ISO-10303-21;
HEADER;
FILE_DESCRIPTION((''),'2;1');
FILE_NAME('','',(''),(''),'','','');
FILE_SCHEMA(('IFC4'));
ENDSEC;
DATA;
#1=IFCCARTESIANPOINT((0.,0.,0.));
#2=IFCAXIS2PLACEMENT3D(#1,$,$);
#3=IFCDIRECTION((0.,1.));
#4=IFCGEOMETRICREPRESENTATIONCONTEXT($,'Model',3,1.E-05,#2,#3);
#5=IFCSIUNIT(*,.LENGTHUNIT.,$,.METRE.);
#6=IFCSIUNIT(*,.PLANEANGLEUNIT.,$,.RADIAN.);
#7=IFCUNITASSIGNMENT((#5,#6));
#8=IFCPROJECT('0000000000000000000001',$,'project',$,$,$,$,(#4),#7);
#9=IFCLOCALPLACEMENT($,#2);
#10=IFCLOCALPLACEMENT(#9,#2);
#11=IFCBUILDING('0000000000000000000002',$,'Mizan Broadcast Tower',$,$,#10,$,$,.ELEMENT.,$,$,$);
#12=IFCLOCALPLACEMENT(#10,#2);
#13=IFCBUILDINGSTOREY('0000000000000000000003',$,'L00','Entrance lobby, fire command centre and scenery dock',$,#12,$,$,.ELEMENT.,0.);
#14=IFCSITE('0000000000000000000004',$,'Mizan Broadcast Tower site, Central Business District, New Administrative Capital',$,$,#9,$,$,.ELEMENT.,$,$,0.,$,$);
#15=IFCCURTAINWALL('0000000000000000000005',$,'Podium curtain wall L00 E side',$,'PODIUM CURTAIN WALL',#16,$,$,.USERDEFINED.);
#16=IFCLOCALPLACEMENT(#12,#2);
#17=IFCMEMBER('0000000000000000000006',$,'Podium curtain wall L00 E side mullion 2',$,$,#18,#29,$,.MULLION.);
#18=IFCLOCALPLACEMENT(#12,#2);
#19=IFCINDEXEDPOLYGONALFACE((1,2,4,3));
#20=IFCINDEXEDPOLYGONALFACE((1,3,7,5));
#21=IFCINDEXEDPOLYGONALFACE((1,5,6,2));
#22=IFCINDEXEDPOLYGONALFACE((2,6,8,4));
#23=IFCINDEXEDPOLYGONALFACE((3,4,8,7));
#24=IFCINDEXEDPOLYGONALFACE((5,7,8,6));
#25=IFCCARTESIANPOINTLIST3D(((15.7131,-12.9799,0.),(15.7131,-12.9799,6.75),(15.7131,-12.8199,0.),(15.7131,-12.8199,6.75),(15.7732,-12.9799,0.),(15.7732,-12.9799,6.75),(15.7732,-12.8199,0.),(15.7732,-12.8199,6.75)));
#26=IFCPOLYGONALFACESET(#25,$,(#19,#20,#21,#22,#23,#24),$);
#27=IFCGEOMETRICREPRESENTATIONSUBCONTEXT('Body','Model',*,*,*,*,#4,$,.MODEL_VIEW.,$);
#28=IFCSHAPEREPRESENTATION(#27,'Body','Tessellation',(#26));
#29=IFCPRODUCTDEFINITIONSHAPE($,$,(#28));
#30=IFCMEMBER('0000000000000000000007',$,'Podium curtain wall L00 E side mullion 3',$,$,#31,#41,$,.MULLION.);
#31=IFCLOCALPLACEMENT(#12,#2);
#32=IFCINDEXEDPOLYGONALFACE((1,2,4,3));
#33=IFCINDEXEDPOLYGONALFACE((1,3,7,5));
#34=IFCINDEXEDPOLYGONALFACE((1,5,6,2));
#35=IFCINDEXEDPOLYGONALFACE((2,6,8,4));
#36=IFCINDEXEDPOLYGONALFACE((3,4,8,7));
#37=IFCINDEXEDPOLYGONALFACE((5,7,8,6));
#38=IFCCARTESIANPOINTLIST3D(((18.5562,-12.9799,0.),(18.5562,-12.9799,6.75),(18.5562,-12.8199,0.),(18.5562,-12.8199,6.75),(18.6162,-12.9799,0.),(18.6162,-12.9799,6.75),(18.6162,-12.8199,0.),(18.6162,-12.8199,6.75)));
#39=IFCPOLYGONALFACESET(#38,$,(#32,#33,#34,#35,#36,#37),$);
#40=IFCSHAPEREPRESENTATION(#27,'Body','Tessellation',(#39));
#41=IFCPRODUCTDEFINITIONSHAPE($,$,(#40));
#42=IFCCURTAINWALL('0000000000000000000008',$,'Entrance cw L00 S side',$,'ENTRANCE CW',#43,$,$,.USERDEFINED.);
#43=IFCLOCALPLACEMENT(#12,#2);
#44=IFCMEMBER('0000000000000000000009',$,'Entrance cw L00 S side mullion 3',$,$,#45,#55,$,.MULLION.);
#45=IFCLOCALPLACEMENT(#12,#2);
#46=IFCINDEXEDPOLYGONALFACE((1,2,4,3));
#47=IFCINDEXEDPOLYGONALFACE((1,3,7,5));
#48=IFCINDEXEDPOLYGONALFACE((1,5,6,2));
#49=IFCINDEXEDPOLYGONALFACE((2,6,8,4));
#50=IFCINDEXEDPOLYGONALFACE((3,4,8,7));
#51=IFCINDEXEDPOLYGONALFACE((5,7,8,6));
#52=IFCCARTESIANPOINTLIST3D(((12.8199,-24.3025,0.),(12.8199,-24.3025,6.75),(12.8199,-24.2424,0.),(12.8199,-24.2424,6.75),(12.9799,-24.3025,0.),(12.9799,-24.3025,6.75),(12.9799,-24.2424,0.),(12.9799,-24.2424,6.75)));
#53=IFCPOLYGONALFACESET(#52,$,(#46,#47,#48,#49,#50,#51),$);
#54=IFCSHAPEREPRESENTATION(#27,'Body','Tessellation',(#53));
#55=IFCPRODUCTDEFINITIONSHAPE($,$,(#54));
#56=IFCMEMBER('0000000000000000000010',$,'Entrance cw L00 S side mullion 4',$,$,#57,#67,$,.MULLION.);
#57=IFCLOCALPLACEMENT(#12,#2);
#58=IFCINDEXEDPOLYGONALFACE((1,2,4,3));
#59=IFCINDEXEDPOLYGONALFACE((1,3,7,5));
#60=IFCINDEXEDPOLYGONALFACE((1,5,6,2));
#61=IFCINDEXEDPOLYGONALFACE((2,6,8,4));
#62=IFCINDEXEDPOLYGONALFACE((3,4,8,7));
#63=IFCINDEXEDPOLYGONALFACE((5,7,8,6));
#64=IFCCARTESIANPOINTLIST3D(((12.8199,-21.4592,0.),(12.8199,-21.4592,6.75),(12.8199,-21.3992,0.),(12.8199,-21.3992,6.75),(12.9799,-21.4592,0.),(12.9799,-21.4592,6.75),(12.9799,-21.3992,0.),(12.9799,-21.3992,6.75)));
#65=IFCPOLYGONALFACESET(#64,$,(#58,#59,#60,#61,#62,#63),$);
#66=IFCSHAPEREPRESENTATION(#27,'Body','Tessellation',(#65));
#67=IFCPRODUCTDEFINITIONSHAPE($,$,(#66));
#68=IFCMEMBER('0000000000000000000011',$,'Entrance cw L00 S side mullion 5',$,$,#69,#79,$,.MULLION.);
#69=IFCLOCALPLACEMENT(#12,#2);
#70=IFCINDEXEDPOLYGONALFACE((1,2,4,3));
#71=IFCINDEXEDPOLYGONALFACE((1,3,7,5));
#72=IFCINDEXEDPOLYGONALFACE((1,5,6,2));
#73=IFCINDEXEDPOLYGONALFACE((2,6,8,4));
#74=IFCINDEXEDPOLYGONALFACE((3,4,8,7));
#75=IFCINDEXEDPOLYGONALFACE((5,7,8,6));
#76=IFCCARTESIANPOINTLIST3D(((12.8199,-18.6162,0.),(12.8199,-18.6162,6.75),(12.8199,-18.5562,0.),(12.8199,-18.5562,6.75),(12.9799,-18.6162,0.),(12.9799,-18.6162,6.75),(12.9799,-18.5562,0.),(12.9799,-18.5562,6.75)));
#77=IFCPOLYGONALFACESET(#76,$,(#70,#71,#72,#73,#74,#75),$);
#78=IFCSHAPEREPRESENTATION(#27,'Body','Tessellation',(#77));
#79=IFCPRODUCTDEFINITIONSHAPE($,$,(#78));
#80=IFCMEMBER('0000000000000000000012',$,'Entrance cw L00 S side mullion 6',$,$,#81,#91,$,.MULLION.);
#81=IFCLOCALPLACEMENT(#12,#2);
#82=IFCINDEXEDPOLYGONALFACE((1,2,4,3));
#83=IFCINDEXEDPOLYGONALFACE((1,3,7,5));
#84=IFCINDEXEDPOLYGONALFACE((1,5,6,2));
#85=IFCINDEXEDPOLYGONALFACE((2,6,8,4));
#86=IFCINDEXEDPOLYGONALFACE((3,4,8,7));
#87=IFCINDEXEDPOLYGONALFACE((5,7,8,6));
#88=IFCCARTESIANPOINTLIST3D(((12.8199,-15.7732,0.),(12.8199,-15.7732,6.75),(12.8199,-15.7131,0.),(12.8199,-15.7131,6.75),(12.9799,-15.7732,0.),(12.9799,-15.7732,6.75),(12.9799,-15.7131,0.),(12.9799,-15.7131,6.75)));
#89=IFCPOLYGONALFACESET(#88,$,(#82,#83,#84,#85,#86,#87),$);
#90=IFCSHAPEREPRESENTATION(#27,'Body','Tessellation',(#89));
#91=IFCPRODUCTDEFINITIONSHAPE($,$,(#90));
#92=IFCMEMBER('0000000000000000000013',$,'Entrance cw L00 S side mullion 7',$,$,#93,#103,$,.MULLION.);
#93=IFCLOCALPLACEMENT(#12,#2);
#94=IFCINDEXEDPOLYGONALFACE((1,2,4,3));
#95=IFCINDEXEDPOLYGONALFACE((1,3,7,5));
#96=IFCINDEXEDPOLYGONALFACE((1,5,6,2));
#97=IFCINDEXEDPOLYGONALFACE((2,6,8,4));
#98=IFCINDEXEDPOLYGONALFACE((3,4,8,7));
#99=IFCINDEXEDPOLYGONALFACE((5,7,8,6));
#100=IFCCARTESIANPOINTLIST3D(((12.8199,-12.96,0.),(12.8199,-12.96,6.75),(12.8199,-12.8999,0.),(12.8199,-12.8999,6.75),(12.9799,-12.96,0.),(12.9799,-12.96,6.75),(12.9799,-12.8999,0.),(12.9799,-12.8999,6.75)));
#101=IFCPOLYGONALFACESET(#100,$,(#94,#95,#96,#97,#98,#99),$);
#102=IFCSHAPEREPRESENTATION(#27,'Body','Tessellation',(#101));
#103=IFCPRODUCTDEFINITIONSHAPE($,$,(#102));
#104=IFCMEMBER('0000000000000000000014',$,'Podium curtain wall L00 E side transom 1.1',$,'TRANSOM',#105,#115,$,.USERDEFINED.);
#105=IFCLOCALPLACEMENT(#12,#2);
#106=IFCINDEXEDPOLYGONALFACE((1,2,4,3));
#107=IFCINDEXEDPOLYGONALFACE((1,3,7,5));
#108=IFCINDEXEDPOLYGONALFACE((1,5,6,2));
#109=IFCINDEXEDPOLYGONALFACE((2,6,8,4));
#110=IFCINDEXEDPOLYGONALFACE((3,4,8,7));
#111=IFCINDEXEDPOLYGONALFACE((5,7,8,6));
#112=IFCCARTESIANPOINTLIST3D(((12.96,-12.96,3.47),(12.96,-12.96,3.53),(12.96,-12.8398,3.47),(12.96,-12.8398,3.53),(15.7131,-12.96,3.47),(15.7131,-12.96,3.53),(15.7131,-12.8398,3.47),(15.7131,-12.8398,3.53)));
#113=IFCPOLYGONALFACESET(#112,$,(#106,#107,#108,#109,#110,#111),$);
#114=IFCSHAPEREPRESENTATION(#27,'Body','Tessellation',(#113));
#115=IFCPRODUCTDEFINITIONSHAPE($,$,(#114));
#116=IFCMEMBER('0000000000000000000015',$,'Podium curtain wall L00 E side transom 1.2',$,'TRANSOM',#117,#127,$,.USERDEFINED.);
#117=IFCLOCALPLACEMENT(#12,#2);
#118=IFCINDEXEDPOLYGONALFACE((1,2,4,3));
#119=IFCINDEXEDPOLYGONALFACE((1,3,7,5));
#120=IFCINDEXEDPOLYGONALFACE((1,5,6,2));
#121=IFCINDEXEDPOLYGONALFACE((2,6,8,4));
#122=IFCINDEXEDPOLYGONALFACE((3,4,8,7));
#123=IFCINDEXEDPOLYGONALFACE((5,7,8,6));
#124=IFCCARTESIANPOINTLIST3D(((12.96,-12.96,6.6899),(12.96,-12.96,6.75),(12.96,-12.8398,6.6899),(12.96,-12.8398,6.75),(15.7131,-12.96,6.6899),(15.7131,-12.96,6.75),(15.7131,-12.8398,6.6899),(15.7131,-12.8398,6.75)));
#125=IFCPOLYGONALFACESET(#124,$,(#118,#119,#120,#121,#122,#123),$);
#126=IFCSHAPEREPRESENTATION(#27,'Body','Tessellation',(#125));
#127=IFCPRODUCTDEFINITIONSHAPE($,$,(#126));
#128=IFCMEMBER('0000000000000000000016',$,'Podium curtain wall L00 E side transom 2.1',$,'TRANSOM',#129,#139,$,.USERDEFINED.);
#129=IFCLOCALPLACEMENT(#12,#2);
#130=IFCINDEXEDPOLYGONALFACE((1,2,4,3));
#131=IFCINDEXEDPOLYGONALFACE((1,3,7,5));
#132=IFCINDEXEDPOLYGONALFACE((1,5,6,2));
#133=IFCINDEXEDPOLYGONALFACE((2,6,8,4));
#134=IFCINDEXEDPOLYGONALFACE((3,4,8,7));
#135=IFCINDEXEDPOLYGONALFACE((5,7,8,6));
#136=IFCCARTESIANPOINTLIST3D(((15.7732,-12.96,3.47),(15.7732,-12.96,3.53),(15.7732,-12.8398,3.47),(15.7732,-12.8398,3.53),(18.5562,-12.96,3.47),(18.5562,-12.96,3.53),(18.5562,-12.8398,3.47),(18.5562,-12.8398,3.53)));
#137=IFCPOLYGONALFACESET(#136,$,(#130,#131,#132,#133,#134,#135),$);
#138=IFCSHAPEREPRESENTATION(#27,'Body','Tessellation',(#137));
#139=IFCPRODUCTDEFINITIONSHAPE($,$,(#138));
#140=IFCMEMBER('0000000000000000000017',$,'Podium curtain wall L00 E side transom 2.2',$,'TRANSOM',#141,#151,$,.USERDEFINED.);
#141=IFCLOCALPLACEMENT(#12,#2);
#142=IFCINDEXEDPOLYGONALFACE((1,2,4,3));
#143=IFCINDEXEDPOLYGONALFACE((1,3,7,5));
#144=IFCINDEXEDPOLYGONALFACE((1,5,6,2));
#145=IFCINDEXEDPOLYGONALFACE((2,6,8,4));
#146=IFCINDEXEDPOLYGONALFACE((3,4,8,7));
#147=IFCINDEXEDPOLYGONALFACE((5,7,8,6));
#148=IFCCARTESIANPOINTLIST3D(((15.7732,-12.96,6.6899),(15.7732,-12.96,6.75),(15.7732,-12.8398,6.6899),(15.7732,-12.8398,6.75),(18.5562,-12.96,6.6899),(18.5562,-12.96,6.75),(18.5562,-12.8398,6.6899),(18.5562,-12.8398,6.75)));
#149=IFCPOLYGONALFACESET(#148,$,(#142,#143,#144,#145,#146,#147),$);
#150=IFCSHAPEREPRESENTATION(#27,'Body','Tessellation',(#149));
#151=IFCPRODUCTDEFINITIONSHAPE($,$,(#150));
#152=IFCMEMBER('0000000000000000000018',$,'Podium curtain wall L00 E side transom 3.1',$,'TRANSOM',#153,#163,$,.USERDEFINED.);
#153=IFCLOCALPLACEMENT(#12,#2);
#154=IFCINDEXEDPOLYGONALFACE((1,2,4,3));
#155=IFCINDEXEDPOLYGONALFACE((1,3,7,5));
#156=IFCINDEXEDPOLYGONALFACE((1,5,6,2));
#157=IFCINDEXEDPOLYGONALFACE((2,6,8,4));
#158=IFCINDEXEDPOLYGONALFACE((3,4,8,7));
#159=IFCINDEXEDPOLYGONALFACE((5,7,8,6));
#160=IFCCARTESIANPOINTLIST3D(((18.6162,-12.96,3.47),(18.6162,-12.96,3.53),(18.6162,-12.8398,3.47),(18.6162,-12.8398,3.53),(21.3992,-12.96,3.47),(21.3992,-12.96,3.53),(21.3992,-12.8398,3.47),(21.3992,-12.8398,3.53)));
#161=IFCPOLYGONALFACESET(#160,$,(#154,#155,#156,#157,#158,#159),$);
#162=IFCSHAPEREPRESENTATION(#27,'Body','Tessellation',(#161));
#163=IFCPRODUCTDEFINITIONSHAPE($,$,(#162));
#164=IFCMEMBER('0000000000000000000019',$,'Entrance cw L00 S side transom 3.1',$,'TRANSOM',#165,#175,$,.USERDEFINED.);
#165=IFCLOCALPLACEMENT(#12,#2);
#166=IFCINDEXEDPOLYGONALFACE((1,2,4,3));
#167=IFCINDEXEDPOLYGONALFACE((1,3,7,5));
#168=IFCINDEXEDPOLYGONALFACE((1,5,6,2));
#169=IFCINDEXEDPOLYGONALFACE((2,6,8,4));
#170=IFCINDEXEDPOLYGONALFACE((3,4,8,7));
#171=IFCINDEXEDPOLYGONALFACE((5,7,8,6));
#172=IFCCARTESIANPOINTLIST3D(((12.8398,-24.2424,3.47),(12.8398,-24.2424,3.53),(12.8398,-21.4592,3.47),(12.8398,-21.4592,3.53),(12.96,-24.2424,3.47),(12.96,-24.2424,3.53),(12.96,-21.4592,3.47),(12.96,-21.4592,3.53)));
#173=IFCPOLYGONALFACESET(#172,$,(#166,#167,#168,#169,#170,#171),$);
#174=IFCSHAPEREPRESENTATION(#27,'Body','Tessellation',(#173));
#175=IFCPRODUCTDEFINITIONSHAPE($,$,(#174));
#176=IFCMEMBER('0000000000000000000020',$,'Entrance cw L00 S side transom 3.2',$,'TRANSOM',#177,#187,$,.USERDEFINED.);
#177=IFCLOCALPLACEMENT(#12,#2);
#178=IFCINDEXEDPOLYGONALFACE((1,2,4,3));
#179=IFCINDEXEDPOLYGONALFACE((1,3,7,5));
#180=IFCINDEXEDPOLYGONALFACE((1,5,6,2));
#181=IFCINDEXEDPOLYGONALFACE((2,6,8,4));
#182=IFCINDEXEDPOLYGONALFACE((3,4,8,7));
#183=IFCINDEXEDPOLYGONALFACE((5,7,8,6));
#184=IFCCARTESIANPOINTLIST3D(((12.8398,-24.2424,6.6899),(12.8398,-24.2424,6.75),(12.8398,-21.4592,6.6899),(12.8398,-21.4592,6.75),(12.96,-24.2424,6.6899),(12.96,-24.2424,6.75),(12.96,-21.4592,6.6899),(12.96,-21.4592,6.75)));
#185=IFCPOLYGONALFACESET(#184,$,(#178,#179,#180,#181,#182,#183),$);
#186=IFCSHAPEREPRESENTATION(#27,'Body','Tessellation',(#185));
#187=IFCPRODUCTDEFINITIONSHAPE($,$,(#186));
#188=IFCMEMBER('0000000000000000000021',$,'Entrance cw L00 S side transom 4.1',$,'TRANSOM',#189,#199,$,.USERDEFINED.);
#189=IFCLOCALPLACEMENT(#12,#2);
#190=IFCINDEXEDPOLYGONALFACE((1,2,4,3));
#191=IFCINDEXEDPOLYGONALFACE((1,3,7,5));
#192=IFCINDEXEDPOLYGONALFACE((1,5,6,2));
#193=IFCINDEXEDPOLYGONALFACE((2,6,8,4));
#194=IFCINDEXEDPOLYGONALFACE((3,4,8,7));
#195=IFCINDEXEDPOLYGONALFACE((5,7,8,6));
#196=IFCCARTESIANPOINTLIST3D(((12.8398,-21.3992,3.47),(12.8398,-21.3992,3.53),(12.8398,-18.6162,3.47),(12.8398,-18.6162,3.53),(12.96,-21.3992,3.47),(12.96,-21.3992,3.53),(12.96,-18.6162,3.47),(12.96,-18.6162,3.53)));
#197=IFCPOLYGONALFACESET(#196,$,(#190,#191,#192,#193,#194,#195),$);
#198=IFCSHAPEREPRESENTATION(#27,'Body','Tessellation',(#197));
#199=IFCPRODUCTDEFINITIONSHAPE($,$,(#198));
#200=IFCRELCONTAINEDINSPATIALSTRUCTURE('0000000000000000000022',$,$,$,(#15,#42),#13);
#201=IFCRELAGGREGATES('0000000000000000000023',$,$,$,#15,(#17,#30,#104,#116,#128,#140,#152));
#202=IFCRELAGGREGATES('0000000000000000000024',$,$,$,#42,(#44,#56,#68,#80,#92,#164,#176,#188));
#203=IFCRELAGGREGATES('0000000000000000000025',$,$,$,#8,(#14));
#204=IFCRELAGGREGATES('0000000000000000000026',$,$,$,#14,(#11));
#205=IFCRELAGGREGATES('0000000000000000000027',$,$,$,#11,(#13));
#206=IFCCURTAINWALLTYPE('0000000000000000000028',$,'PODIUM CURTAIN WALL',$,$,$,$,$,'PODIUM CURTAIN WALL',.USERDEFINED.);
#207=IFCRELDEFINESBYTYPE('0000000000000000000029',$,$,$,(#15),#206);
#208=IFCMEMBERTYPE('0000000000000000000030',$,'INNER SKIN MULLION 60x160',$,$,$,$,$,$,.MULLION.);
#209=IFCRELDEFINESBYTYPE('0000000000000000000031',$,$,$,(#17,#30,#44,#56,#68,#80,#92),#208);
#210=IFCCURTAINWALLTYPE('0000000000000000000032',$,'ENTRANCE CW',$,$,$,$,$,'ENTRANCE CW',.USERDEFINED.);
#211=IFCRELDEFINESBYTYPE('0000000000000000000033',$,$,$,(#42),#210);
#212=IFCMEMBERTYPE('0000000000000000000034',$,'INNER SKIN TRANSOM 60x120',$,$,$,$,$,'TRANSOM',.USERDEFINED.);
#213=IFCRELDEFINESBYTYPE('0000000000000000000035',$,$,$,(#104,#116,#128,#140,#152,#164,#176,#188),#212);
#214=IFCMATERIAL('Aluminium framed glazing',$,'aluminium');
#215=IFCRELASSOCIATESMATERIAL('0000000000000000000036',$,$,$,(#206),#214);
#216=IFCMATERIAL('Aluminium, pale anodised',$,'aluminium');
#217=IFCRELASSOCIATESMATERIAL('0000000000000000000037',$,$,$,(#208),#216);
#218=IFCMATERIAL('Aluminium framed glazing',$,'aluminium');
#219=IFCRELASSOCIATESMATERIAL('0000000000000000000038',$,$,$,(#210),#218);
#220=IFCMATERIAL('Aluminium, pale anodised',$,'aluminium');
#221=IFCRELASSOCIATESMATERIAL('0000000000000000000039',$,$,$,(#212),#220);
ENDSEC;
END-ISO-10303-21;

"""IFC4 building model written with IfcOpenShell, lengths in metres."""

from ifc_helpers import new_model, si_unit, direction, frame, origin, origin_2d, place, context, subcontext, project, spatial, rectangle, extrude, material, material_profile, profile_set, type_object, element, aggregate, save


model = new_model("IFC4")

# Units and contexts
model_context = context("Model", 3, precision=1e-05, world=origin(), true_north=direction((0.0, 1.0)))
body_context = subcontext(model_context, "Body", "Model", "MODEL_VIEW")
ifc_project = project(units=[si_unit("LENGTHUNIT", "METRE"), si_unit("PLANEANGLEUNIT", "RADIAN")], contexts=[model_context])

# Site, building, storey
site_placement = place(None, origin())
site = spatial("IfcSite", under=ifc_project, at=site_placement, Name="Mizan Broadcast Tower site, Central Business District, New Administrative Capital", CompositionType="ELEMENT", RefElevation=0.0)
building_placement = place(site_placement, origin())
building = spatial("IfcBuilding", under=site, at=building_placement, Name="Mizan Broadcast Tower", CompositionType="ELEMENT")
storey_placement = place(building_placement, origin())
storey = spatial("IfcBuildingStorey", under=building, at=storey_placement, Name="L00", Description="Entrance lobby, fire command centre and scenery dock", CompositionType="ELEMENT", Elevation=0.0)

# Curtain walls, members
ifc_material_1 = material(Name="Aluminium framed glazing", Category="aluminium")
curtain_wall_type_1 = type_object("IfcCurtainWallType", Name="PODIUM CURTAIN WALL", ElementType="PODIUM CURTAIN WALL", PredefinedType="USERDEFINED", material=ifc_material_1)
curtain_wall_1_placement = place(storey_placement, origin())
curtain_wall_1 = element("IfcCurtainWall", 1, at=curtain_wall_1_placement, inside=storey, type_object=curtain_wall_type_1, Name="Podium curtain wall L00 E side", ObjectType="PODIUM CURTAIN WALL", PredefinedType="USERDEFINED")
ifc_material_2 = material(Name="Aluminium, pale anodised", Category="aluminium")
ifc_material_profile_1 = material_profile(ifc_material_2, rectangle(XDim=0.1599, YDim=0.0601, at=origin_2d()), Name="MULLION 160x60")
ifc_profile_set_1 = profile_set([ifc_material_profile_1], Name="Aluminium, pale anodised")
member_type_1 = type_object("IfcMemberType", Name="INNER SKIN MULLION 60x160", PredefinedType="MULLION", material=ifc_profile_set_1)
member_1_placement = place(storey_placement, frame((15.7432, -12.8999, 0.0), z_axis=(0.0, 0.0, 1.0), x_axis=(0.0, 1.0, 0.0)))
member_1 = element("IfcMember", 2, at=member_1_placement, type_object=member_type_1, Name="Podium curtain wall L00 E side mullion 2", PredefinedType="MULLION", context=body_context, shape_type="SweptSolid", body=[
    extrude(rectangle(XDim=0.1599, YDim=0.0601, at=origin_2d()), origin(), (0.0, 0.0, 1.0), 6.75),
])
member_2_placement = place(storey_placement, frame((18.5862, -12.8999, 0.0), z_axis=(0.0, 0.0, 1.0), x_axis=(0.0, 1.0, 0.0)))
member_2 = element("IfcMember", 3, at=member_2_placement, type_object=member_type_1, Name="Podium curtain wall L00 E side mullion 3", PredefinedType="MULLION", context=body_context, shape_type="SweptSolid", body=[
    extrude(rectangle(XDim=0.1599, YDim=0.0601, at=origin_2d()), origin(), (0.0, 0.0, 1.0), 6.75),
])
ifc_material_3 = material(Name="Aluminium framed glazing", Category="aluminium")
curtain_wall_type_2 = type_object("IfcCurtainWallType", Name="ENTRANCE CW", ElementType="ENTRANCE CW", PredefinedType="USERDEFINED", material=ifc_material_3)
curtain_wall_2_placement = place(storey_placement, origin())
curtain_wall_2 = element("IfcCurtainWall", 4, at=curtain_wall_2_placement, inside=storey, type_object=curtain_wall_type_2, Name="Entrance cw L00 S side", ObjectType="ENTRANCE CW", PredefinedType="USERDEFINED")
member_3_placement = place(storey_placement, frame((12.8999, -24.2725, 0.0), z_axis=(0.0, 0.0, 1.0), x_axis=(-1.0, 0.0, 0.0)))
member_3 = element("IfcMember", 5, at=member_3_placement, type_object=member_type_1, Name="Entrance cw L00 S side mullion 3", PredefinedType="MULLION", context=body_context, shape_type="SweptSolid", body=[
    extrude(rectangle(XDim=0.1599, YDim=0.0601, at=origin_2d()), origin(), (0.0, 0.0, 1.0), 6.75),
])
member_4_placement = place(storey_placement, frame((12.8999, -21.4292, 0.0), z_axis=(0.0, 0.0, 1.0), x_axis=(-1.0, 0.0, 0.0)))
member_4 = element("IfcMember", 6, at=member_4_placement, type_object=member_type_1, Name="Entrance cw L00 S side mullion 4", PredefinedType="MULLION", context=body_context, shape_type="SweptSolid", body=[
    extrude(rectangle(XDim=0.1599, YDim=0.0601, at=origin_2d()), origin(), (0.0, 0.0, 1.0), 6.75),
])
member_5_placement = place(storey_placement, frame((12.8999, -18.5862, 0.0), z_axis=(0.0, 0.0, 1.0), x_axis=(-1.0, 0.0, 0.0)))
member_5 = element("IfcMember", 7, at=member_5_placement, type_object=member_type_1, Name="Entrance cw L00 S side mullion 5", PredefinedType="MULLION", context=body_context, shape_type="SweptSolid", body=[
    extrude(rectangle(XDim=0.1599, YDim=0.0601, at=origin_2d()), origin(), (0.0, 0.0, 1.0), 6.75),
])
member_6_placement = place(storey_placement, frame((12.8999, -15.7432, 0.0), z_axis=(0.0, 0.0, 1.0), x_axis=(-1.0, 0.0, 0.0)))
member_6 = element("IfcMember", 8, at=member_6_placement, type_object=member_type_1, Name="Entrance cw L00 S side mullion 6", PredefinedType="MULLION", context=body_context, shape_type="SweptSolid", body=[
    extrude(rectangle(XDim=0.1599, YDim=0.0601, at=origin_2d()), origin(), (0.0, 0.0, 1.0), 6.75),
])
member_7_placement = place(storey_placement, frame((12.8999, -12.9299, 0.0), z_axis=(0.0, 0.0, 1.0), x_axis=(-1.0, 0.0, 0.0)))
member_7 = element("IfcMember", 9, at=member_7_placement, type_object=member_type_1, Name="Entrance cw L00 S side mullion 7", PredefinedType="MULLION", context=body_context, shape_type="SweptSolid", body=[
    extrude(rectangle(XDim=0.1599, YDim=0.0601, at=origin_2d()), origin(), (0.0, 0.0, 1.0), 6.75),
])

# Members
ifc_material_4 = material(Name="Aluminium, pale anodised", Category="aluminium")
ifc_material_profile_2 = material_profile(ifc_material_4, rectangle(XDim=0.1201, YDim=0.0601, at=origin_2d()), Name="TRANSOM 120x60")
ifc_profile_set_2 = profile_set([ifc_material_profile_2], Name="Aluminium, pale anodised")
member_type_2 = type_object("IfcMemberType", Name="INNER SKIN TRANSOM 60x120", ElementType="TRANSOM", PredefinedType="USERDEFINED", material=ifc_profile_set_2)
member_8_placement = place(storey_placement, frame((12.96, -12.8999, 3.5), z_axis=(1.0, 0.0, 0.0), x_axis=(0.0, 1.0, 0.0)))
member_8 = element("IfcMember", 10, at=member_8_placement, type_object=member_type_2, Name="Podium curtain wall L00 E side transom 1.1", ObjectType="TRANSOM", PredefinedType="USERDEFINED", context=body_context, shape_type="SweptSolid", body=[
    extrude(rectangle(XDim=0.1201, YDim=0.0601, at=origin_2d()), origin(), (0.0, 0.0, 1.0), 2.7532),
])
member_9_placement = place(storey_placement, frame((12.96, -12.8999, 6.72), z_axis=(1.0, 0.0, 0.0), x_axis=(0.0, 1.0, 0.0)))
member_9 = element("IfcMember", 11, at=member_9_placement, type_object=member_type_2, Name="Podium curtain wall L00 E side transom 1.2", ObjectType="TRANSOM", PredefinedType="USERDEFINED", context=body_context, shape_type="SweptSolid", body=[
    extrude(rectangle(XDim=0.1201, YDim=0.0601, at=origin_2d()), origin(), (0.0, 0.0, 1.0), 2.7532),
])
member_10_placement = place(storey_placement, frame((15.7732, -12.8999, 3.5), z_axis=(1.0, 0.0, 0.0), x_axis=(0.0, 1.0, 0.0)))
member_10 = element("IfcMember", 12, at=member_10_placement, type_object=member_type_2, Name="Podium curtain wall L00 E side transom 2.1", ObjectType="TRANSOM", PredefinedType="USERDEFINED", context=body_context, shape_type="SweptSolid", body=[
    extrude(rectangle(XDim=0.1201, YDim=0.0601, at=origin_2d()), origin(), (0.0, 0.0, 1.0), 2.783),
])
member_11_placement = place(storey_placement, frame((15.7732, -12.8999, 6.72), z_axis=(1.0, 0.0, 0.0), x_axis=(0.0, 1.0, 0.0)))
member_11 = element("IfcMember", 13, at=member_11_placement, type_object=member_type_2, Name="Podium curtain wall L00 E side transom 2.2", ObjectType="TRANSOM", PredefinedType="USERDEFINED", context=body_context, shape_type="SweptSolid", body=[
    extrude(rectangle(XDim=0.1201, YDim=0.0601, at=origin_2d()), origin(), (0.0, 0.0, 1.0), 2.783),
])
member_12_placement = place(storey_placement, frame((18.6162, -12.8999, 3.5), z_axis=(1.0, 0.0, 0.0), x_axis=(0.0, 1.0, 0.0)))
member_12 = element("IfcMember", 14, at=member_12_placement, type_object=member_type_2, Name="Podium curtain wall L00 E side transom 3.1", ObjectType="TRANSOM", PredefinedType="USERDEFINED", context=body_context, shape_type="SweptSolid", body=[
    extrude(rectangle(XDim=0.1201, YDim=0.0601, at=origin_2d()), origin(), (0.0, 0.0, 1.0), 2.783),
])
member_13_placement = place(storey_placement, frame((12.8999, -24.2424, 3.5), z_axis=(0.0, 1.0, 0.0), x_axis=(-1.0, 0.0, 0.0)))
member_13 = element("IfcMember", 15, at=member_13_placement, type_object=member_type_2, Name="Entrance cw L00 S side transom 3.1", ObjectType="TRANSOM", PredefinedType="USERDEFINED", context=body_context, shape_type="SweptSolid", body=[
    extrude(rectangle(XDim=0.1201, YDim=0.0601, at=origin_2d()), origin(), (0.0, 0.0, 1.0), 2.7832),
])
member_14_placement = place(storey_placement, frame((12.8999, -24.2424, 6.72), z_axis=(0.0, 1.0, 0.0), x_axis=(-1.0, 0.0, 0.0)))
member_14 = element("IfcMember", 16, at=member_14_placement, type_object=member_type_2, Name="Entrance cw L00 S side transom 3.2", ObjectType="TRANSOM", PredefinedType="USERDEFINED", context=body_context, shape_type="SweptSolid", body=[
    extrude(rectangle(XDim=0.1201, YDim=0.0601, at=origin_2d()), origin(), (0.0, 0.0, 1.0), 2.7832),
])
member_15_placement = place(storey_placement, frame((12.8999, -21.3992, 3.5), z_axis=(0.0, 1.0, 0.0), x_axis=(-1.0, 0.0, 0.0)))
member_15 = element("IfcMember", 17, at=member_15_placement, type_object=member_type_2, Name="Entrance cw L00 S side transom 4.1", ObjectType="TRANSOM", PredefinedType="USERDEFINED", context=body_context, shape_type="SweptSolid", body=[
    extrude(rectangle(XDim=0.1201, YDim=0.0601, at=origin_2d()), origin(), (0.0, 0.0, 1.0), 2.783),
])

aggregate(curtain_wall_1, [member_1, member_2, member_8, member_9, member_10, member_11, member_12])
aggregate(curtain_wall_2, [member_3, member_4, member_5, member_6, member_7, member_13, member_14, member_15])

save(model, "model.ifc")
